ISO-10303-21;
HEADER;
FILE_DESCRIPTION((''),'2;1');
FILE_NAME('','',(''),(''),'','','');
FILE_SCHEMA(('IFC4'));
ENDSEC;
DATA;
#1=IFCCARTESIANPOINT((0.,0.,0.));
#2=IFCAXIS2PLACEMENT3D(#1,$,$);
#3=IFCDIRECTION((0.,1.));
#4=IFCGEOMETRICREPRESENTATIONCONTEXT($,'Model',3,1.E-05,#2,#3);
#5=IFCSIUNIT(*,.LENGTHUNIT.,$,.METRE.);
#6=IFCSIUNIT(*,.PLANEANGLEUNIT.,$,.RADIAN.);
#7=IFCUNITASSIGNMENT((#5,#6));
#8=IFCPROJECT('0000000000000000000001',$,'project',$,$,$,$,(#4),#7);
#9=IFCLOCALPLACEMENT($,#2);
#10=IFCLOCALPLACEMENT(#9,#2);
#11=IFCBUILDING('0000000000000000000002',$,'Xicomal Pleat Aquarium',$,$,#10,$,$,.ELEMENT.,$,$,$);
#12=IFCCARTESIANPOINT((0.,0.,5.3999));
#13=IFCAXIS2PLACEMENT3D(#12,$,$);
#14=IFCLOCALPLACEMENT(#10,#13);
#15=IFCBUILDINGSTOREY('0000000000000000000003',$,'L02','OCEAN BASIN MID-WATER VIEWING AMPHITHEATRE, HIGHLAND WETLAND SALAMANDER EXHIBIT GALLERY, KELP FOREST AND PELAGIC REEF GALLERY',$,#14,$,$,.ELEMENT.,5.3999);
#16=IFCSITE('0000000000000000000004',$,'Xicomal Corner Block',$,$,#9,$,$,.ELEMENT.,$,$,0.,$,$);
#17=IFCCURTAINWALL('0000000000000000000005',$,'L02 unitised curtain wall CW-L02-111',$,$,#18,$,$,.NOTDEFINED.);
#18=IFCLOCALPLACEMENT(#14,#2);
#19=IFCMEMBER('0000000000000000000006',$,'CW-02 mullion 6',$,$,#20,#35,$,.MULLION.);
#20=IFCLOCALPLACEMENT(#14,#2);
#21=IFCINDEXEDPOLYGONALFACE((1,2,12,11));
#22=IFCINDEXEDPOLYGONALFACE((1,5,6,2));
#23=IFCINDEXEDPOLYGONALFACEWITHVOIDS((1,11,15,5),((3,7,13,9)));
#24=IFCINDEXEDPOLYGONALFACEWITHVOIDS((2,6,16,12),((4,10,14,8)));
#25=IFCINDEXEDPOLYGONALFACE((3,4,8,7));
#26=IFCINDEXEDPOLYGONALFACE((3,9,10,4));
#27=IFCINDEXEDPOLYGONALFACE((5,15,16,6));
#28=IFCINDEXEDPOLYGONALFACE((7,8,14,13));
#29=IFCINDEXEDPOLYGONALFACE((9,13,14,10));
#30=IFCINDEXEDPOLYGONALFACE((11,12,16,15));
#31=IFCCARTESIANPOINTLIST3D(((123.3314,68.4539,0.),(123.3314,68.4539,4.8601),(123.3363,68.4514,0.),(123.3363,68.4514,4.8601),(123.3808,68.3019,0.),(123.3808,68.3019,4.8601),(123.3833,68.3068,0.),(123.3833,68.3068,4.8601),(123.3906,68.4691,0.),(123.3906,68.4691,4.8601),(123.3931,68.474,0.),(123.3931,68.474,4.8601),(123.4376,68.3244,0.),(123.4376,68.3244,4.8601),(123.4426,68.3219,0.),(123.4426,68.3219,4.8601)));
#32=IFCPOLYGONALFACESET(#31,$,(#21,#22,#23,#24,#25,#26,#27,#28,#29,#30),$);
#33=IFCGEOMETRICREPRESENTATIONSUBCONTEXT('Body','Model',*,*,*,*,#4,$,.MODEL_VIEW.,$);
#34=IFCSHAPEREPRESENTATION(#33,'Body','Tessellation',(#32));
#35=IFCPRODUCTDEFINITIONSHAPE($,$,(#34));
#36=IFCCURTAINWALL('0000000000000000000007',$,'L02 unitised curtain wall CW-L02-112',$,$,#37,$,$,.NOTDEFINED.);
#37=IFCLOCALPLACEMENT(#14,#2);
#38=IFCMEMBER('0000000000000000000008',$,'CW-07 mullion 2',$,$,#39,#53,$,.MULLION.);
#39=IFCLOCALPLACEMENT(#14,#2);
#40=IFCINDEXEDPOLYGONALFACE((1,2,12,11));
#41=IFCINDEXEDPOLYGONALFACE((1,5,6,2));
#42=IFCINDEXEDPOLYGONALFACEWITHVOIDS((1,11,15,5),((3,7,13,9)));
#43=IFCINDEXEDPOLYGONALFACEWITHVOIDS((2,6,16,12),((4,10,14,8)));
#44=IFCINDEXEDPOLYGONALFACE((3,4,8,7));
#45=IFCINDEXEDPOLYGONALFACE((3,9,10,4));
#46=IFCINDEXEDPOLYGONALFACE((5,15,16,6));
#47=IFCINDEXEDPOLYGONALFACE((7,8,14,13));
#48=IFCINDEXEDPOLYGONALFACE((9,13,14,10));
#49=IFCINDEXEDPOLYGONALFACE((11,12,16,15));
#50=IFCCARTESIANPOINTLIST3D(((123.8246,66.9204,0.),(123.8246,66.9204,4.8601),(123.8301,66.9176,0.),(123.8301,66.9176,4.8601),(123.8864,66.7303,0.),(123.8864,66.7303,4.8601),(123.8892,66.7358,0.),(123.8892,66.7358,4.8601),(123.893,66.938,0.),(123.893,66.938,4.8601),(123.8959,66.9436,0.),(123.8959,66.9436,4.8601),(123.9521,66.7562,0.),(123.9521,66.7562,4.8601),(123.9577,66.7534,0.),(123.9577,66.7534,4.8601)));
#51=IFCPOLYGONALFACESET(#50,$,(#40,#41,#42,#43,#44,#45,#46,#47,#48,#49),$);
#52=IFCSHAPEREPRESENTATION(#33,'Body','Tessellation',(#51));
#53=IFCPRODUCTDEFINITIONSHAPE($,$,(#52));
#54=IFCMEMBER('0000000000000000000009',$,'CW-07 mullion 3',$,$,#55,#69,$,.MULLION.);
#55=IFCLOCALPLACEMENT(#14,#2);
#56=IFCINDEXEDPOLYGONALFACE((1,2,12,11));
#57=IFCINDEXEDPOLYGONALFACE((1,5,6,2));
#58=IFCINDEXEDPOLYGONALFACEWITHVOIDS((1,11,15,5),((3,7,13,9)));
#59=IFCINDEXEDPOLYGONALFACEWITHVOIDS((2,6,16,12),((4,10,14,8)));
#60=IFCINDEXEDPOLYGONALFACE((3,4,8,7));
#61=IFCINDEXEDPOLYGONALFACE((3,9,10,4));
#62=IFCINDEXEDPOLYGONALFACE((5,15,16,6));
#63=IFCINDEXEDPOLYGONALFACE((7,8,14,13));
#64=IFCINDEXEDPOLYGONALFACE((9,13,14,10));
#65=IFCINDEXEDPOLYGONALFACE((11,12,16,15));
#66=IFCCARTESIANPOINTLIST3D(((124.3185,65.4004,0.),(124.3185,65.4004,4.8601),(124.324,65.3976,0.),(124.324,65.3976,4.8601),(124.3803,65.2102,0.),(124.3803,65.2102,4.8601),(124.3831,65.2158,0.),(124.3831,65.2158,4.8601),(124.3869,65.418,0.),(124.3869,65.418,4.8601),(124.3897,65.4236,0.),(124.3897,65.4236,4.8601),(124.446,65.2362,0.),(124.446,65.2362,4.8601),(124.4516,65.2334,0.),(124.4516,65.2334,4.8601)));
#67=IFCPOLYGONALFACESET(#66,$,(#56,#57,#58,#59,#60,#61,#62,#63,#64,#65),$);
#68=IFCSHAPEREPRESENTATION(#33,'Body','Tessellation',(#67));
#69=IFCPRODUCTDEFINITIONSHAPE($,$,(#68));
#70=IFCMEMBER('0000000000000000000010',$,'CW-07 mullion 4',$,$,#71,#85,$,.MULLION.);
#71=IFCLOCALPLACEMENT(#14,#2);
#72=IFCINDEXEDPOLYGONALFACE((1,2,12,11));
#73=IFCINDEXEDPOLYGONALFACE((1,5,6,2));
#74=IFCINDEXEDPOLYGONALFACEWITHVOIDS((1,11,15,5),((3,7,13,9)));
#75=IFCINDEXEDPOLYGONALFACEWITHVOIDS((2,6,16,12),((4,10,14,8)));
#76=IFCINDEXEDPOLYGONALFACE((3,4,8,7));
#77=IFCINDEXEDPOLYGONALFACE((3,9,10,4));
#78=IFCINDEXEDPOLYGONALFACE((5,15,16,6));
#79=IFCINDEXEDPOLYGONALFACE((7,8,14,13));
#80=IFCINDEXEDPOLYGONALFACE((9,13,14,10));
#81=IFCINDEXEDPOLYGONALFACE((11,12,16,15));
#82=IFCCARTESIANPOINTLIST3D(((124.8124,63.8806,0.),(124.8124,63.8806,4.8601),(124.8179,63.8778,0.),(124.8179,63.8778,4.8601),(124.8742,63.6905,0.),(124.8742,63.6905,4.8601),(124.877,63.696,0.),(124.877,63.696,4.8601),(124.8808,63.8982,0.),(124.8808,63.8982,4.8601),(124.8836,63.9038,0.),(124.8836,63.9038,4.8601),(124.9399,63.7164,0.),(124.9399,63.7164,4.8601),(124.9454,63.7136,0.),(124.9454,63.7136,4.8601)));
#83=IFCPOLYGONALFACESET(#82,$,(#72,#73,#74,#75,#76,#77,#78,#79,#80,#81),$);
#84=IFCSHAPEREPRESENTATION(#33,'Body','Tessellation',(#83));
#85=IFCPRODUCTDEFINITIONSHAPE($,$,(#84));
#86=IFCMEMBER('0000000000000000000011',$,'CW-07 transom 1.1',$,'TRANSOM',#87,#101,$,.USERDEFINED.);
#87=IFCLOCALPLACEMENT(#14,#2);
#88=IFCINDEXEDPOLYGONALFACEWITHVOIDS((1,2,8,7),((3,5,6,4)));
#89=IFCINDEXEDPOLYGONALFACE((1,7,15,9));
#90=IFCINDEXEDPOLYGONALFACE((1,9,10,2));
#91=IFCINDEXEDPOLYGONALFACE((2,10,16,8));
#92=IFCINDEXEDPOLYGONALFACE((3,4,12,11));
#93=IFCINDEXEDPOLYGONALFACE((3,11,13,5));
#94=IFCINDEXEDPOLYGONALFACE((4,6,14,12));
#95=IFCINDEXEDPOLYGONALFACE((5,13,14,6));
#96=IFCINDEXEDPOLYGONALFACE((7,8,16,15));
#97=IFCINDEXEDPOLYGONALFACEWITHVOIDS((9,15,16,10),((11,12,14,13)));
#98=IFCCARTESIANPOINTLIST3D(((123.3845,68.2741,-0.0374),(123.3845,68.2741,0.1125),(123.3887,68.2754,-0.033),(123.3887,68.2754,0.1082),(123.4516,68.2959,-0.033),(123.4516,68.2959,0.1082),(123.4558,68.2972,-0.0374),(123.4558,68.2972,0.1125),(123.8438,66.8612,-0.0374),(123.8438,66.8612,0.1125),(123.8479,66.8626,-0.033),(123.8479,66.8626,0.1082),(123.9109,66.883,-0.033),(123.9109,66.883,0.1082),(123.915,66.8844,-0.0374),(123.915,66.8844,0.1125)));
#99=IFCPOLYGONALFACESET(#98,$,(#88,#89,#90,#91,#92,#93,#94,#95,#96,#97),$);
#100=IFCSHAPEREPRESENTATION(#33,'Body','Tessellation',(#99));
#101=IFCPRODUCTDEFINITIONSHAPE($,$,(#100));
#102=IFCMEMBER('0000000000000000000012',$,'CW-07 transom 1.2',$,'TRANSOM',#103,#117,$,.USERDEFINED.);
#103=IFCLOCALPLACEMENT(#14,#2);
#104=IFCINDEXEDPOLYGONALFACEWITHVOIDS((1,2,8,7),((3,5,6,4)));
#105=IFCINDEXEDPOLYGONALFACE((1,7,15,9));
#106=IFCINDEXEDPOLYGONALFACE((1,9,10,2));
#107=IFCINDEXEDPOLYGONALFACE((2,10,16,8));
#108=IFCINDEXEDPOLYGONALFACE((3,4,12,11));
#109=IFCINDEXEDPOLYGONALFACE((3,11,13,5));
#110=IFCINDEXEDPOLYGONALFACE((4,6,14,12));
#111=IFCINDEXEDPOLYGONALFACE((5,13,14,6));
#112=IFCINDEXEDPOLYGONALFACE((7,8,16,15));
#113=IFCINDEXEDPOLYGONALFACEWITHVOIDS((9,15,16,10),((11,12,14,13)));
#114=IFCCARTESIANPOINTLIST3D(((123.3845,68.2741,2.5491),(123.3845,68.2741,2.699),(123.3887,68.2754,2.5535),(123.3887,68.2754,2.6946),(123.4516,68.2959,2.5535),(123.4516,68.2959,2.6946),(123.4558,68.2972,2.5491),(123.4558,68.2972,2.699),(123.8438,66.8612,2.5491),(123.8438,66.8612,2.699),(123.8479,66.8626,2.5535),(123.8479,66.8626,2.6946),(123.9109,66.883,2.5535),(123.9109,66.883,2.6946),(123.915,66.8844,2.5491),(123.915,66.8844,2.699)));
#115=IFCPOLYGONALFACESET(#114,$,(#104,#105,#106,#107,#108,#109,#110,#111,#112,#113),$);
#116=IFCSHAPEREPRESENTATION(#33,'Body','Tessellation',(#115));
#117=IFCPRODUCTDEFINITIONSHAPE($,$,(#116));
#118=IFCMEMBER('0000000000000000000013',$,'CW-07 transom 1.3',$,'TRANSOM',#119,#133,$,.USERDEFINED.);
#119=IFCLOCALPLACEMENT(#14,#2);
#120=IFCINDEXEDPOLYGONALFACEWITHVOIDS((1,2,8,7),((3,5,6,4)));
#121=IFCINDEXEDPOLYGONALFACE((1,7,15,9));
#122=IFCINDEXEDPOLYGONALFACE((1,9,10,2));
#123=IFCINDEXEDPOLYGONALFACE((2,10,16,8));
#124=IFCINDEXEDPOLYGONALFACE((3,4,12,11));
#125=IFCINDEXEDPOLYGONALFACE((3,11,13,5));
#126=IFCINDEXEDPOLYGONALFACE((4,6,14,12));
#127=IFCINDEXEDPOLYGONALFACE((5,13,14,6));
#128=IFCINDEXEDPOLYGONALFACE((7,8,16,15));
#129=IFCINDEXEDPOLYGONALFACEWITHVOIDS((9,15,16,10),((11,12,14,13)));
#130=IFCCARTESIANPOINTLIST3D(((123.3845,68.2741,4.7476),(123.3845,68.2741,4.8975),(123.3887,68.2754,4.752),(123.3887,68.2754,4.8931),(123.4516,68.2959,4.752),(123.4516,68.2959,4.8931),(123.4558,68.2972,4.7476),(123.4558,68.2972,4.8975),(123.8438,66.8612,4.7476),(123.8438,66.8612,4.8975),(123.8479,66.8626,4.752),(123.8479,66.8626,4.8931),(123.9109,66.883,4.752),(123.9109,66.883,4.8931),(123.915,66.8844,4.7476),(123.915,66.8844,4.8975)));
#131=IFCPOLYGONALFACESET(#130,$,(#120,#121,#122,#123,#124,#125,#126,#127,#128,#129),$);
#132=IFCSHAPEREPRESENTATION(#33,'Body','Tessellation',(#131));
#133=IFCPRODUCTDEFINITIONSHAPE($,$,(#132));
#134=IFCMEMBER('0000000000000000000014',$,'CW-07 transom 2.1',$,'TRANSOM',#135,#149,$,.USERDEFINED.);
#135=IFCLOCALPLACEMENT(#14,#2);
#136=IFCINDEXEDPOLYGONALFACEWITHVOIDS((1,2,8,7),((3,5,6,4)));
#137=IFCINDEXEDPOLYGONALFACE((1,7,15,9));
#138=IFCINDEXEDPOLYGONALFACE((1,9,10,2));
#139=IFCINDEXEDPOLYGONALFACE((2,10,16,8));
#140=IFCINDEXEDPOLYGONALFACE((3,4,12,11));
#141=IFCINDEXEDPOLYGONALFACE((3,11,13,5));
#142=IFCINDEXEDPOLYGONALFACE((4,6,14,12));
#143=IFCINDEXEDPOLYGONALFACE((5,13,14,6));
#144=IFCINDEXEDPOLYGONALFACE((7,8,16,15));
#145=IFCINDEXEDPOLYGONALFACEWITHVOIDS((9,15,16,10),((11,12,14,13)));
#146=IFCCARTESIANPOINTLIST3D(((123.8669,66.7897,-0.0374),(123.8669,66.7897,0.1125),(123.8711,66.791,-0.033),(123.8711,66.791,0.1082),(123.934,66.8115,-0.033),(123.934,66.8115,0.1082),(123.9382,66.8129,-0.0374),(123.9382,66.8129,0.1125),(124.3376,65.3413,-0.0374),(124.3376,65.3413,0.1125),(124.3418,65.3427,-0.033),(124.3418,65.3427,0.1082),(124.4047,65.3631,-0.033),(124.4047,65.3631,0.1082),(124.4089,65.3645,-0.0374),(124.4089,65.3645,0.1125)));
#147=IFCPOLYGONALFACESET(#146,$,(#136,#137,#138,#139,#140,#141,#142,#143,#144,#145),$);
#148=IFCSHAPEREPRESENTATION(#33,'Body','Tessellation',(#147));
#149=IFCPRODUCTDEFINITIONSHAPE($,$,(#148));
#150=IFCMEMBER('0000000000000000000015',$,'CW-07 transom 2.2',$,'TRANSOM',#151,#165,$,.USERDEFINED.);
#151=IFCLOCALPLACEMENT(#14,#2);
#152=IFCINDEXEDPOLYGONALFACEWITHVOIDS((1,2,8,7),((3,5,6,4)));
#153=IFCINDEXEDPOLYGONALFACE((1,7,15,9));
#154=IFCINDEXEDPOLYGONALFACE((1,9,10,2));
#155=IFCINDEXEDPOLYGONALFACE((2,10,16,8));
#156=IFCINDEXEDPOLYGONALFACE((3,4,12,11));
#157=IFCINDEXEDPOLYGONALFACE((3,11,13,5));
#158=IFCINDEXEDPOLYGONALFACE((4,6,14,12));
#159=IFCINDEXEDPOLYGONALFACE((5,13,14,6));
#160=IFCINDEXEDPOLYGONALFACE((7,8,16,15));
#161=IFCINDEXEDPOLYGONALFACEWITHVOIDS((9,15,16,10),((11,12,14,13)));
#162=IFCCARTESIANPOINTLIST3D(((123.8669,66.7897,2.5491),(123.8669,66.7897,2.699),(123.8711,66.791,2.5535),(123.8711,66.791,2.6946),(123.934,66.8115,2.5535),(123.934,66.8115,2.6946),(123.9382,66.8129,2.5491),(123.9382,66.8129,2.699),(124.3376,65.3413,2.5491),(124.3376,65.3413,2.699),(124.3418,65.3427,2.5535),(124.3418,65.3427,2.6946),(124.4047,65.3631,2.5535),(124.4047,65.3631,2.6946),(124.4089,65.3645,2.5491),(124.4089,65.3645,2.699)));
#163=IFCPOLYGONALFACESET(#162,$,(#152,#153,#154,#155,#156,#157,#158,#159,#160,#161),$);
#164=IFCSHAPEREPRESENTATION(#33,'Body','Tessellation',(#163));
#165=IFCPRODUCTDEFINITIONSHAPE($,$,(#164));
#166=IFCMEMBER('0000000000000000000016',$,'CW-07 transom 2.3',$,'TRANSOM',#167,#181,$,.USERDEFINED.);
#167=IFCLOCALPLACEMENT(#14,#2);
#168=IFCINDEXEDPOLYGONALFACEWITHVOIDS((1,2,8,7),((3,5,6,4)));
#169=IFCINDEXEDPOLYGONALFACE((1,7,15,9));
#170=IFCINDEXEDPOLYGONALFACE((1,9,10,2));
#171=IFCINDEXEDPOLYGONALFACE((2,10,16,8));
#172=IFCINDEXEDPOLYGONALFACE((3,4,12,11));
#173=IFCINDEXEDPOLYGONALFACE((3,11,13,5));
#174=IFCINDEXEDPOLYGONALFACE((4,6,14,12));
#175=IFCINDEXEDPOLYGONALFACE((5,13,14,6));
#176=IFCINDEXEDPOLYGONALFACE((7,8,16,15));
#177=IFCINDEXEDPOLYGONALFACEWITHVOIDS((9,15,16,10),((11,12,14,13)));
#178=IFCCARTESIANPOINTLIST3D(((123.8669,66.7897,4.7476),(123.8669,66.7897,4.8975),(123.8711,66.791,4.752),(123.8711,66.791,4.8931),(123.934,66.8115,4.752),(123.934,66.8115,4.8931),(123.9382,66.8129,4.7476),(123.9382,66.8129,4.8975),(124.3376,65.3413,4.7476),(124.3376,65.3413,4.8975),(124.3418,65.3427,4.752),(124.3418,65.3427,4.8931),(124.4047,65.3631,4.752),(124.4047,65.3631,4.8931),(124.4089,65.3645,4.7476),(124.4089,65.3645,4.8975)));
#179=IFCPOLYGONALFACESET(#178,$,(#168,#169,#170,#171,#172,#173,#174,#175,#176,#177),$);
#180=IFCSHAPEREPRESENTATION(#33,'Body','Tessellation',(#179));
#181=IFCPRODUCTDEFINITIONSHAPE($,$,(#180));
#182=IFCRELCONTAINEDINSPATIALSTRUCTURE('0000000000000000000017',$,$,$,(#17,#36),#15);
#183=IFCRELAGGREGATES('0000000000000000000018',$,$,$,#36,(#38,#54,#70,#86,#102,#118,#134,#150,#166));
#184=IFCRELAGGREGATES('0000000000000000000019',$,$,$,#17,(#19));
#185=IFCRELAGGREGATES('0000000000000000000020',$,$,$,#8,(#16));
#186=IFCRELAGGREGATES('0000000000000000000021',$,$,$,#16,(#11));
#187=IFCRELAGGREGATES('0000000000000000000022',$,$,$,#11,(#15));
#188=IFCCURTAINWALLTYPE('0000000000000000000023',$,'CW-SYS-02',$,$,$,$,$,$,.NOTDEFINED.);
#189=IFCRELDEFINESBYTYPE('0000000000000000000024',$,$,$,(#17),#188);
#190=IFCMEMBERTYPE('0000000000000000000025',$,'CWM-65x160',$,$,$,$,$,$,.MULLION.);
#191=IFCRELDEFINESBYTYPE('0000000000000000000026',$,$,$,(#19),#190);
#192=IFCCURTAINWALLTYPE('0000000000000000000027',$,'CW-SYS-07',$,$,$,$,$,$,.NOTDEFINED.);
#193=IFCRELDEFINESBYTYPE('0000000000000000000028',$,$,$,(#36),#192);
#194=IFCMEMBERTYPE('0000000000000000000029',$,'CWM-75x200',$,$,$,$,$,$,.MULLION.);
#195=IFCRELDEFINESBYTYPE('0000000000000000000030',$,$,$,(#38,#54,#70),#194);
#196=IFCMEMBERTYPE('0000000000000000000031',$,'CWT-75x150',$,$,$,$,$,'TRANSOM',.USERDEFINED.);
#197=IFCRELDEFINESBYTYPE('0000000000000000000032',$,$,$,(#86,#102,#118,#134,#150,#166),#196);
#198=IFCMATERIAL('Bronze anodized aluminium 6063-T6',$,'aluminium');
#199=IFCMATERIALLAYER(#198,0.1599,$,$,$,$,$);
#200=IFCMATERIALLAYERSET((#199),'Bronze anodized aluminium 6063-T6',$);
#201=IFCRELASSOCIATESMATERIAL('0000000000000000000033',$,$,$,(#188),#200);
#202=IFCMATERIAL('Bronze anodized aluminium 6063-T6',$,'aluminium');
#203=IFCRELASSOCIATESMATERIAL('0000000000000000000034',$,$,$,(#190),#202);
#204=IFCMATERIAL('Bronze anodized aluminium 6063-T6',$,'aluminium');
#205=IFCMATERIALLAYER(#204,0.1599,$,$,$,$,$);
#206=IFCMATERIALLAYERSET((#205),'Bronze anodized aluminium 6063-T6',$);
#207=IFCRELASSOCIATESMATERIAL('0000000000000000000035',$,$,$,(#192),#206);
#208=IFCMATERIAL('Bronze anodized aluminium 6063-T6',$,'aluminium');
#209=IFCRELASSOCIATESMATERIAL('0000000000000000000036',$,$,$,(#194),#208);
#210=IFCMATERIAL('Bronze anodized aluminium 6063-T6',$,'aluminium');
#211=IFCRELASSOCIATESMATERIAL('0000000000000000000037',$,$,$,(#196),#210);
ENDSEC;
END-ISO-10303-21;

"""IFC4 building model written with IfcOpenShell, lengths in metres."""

from ifc_helpers import new_model, si_unit, direction, frame, origin, origin_2d, place, context, subcontext, project, spatial, hollow_rectangle, extrude, material, layer, layer_set, material_profile, profile_set, type_object, element, aggregate, save


model = new_model("IFC4")

# Units and contexts
model_context = context("Model", 3, precision=1e-05, world=origin(), true_north=direction((0.0, 1.0)))
body_context = subcontext(model_context, "Body", "Model", "MODEL_VIEW")
ifc_project = project(units=[si_unit("LENGTHUNIT", "METRE"), si_unit("PLANEANGLEUNIT", "RADIAN")], contexts=[model_context])

# Site, building, storey
site_placement = place(None, origin())
site = spatial("IfcSite", under=ifc_project, at=site_placement, Name="Xicomal Corner Block", CompositionType="ELEMENT", RefElevation=0.0)
building_placement = place(site_placement, origin())
building = spatial("IfcBuilding", under=site, at=building_placement, Name="Xicomal Pleat Aquarium", CompositionType="ELEMENT")
storey_placement = place(building_placement, frame((0.0, 0.0, 5.3999)))
storey = spatial("IfcBuildingStorey", under=building, at=storey_placement, Name="L02", Description="OCEAN BASIN MID-WATER VIEWING AMPHITHEATRE, HIGHLAND WETLAND SALAMANDER EXHIBIT GALLERY, KELP FOREST AND PELAGIC REEF GALLERY", CompositionType="ELEMENT", Elevation=5.3999)

# Curtain wall, member
ifc_material_1 = material(Name="Bronze anodized aluminium 6063-T6", Category="aluminium")
ifc_layer_1 = layer(ifc_material_1, 0.1599)
ifc_layer_set_1 = layer_set([ifc_layer_1], Name="Bronze anodized aluminium 6063-T6")
curtain_wall_type_1 = type_object("IfcCurtainWallType", Name="CW-SYS-02", PredefinedType="NOTDEFINED", material=ifc_layer_set_1)
curtain_wall_1_placement = place(storey_placement, origin())
curtain_wall_1 = element("IfcCurtainWall", 1, at=curtain_wall_1_placement, inside=storey, type_object=curtain_wall_type_1, Name="L02 unitised curtain wall CW-L02-111", PredefinedType="NOTDEFINED")
ifc_material_2 = material(Name="Bronze anodized aluminium 6063-T6", Category="aluminium")
ifc_material_profile_1 = material_profile(ifc_material_2, hollow_rectangle(XDim=0.0649, YDim=0.1599, WallThickness=0.0039, at=origin_2d()), Name="ALU MULL 65x160")
ifc_profile_set_1 = profile_set([ifc_material_profile_1], Name="Bronze anodized aluminium 6063-T6")
member_type_1 = type_object("IfcMemberType", Name="CWM-65x160", PredefinedType="MULLION", material=ifc_profile_set_1)
member_1_placement = place(storey_placement, frame((123.387, 68.3879, 0.0), z_axis=(0.0, 0.0, 1.0), x_axis=(0.951034, 0.309086, 0.0)))
member_1 = element("IfcMember", 2, at=member_1_placement, type_object=member_type_1, Name="CW-02 mullion 6", PredefinedType="MULLION", context=body_context, shape_type="SweptSolid", body=[
    extrude(hollow_rectangle(XDim=0.0649, YDim=0.1599, WallThickness=0.0039, at=origin_2d()), origin(), (0.0, 0.0, 1.0), 4.8601),
])

# Curtain wall, members
ifc_material_3 = material(Name="Bronze anodized aluminium 6063-T6", Category="aluminium")
ifc_layer_2 = layer(ifc_material_3, 0.1599)
ifc_layer_set_2 = layer_set([ifc_layer_2], Name="Bronze anodized aluminium 6063-T6")
curtain_wall_type_2 = type_object("IfcCurtainWallType", Name="CW-SYS-07", PredefinedType="NOTDEFINED", material=ifc_layer_set_2)
curtain_wall_2_placement = place(storey_placement, origin())
curtain_wall_2 = element("IfcCurtainWall", 3, at=curtain_wall_2_placement, inside=storey, type_object=curtain_wall_type_2, Name="L02 unitised curtain wall CW-L02-112", PredefinedType="NOTDEFINED")
ifc_material_4 = material(Name="Bronze anodized aluminium 6063-T6", Category="aluminium")
ifc_material_profile_2 = material_profile(ifc_material_4, hollow_rectangle(XDim=0.075, YDim=0.2, WallThickness=0.0044, at=origin_2d()), Name="ALU MULL 75x200")
ifc_profile_set_2 = profile_set([ifc_material_profile_2], Name="Bronze anodized aluminium 6063-T6")
member_type_2 = type_object("IfcMemberType", Name="CWM-75x200", PredefinedType="MULLION", material=ifc_profile_set_2)
member_2_placement = place(storey_placement, frame((123.8911, 66.8369, 0.0), z_axis=(0.0, 0.0, 1.0), x_axis=(0.951034, 0.309086, 0.0)))
member_2 = element("IfcMember", 4, at=member_2_placement, type_object=member_type_2, Name="CW-07 mullion 2", PredefinedType="MULLION", context=body_context, shape_type="SweptSolid", body=[
    extrude(hollow_rectangle(XDim=0.075, YDim=0.2, WallThickness=0.0044, at=origin_2d()), origin(), (0.0, 0.0, 1.0), 4.8601),
])
member_3_placement = place(storey_placement, frame((124.385, 65.3169, 0.0), z_axis=(0.0, 0.0, 1.0), x_axis=(0.951034, 0.309086, 0.0)))
member_3 = element("IfcMember", 5, at=member_3_placement, type_object=member_type_2, Name="CW-07 mullion 3", PredefinedType="MULLION", context=body_context, shape_type="SweptSolid", body=[
    extrude(hollow_rectangle(XDim=0.075, YDim=0.2, WallThickness=0.0044, at=origin_2d()), origin(), (0.0, 0.0, 1.0), 4.8601),
])
member_4_placement = place(storey_placement, frame((124.8789, 63.7971, 0.0), z_axis=(0.0, 0.0, 1.0), x_axis=(0.951034, 0.309086, 0.0)))
member_4 = element("IfcMember", 6, at=member_4_placement, type_object=member_type_2, Name="CW-07 mullion 4", PredefinedType="MULLION", context=body_context, shape_type="SweptSolid", body=[
    extrude(hollow_rectangle(XDim=0.075, YDim=0.2, WallThickness=0.0044, at=origin_2d()), origin(), (0.0, 0.0, 1.0), 4.8601),
])
ifc_material_5 = material(Name="Bronze anodized aluminium 6063-T6", Category="aluminium")
ifc_material_profile_3 = material_profile(ifc_material_5, hollow_rectangle(XDim=0.075, YDim=0.1499, WallThickness=0.0044, at=origin_2d()), Name="ALU TRAN 75x150")
ifc_profile_set_3 = profile_set([ifc_material_profile_3], Name="Bronze anodized aluminium 6063-T6")
member_type_3 = type_object("IfcMemberType", Name="CWT-75x150", ElementType="TRANSOM", PredefinedType="USERDEFINED", material=ifc_profile_set_3)
member_5_placement = place(storey_placement, frame((123.4202, 68.2856, 0.0376), z_axis=(0.30912, -0.951023, 0.0), x_axis=(0.951023, 0.30912, 0.0)))
member_5 = element("IfcMember", 7, at=member_5_placement, type_object=member_type_3, Name="CW-07 transom 1.1", ObjectType="TRANSOM", PredefinedType="USERDEFINED", context=body_context, shape_type="SweptSolid", body=[
    extrude(hollow_rectangle(XDim=0.075, YDim=0.1499, WallThickness=0.0044, at=origin_2d()), origin(), (0.0, 0.0, 1.0), 1.4856),
])
member_6_placement = place(storey_placement, frame((123.4202, 68.2856, 2.624), z_axis=(0.30912, -0.951023, 0.0), x_axis=(0.951023, 0.30912, 0.0)))
member_6 = element("IfcMember", 8, at=member_6_placement, type_object=member_type_3, Name="CW-07 transom 1.2", ObjectType="TRANSOM", PredefinedType="USERDEFINED", context=body_context, shape_type="SweptSolid", body=[
    extrude(hollow_rectangle(XDim=0.075, YDim=0.1499, WallThickness=0.0044, at=origin_2d()), origin(), (0.0, 0.0, 1.0), 1.4856),
])
member_7_placement = place(storey_placement, frame((123.4202, 68.2856, 4.8225), z_axis=(0.30912, -0.951023, 0.0), x_axis=(0.951023, 0.30912, 0.0)))
member_7 = element("IfcMember", 9, at=member_7_placement, type_object=member_type_3, Name="CW-07 transom 1.3", ObjectType="TRANSOM", PredefinedType="USERDEFINED", context=body_context, shape_type="SweptSolid", body=[
    extrude(hollow_rectangle(XDim=0.075, YDim=0.1499, WallThickness=0.0044, at=origin_2d()), origin(), (0.0, 0.0, 1.0), 1.4856),
])
member_8_placement = place(storey_placement, frame((123.9026, 66.8013, 0.0376), z_axis=(0.309053, -0.951045, 0.0), x_axis=(0.951045, 0.309053, 0.0)))
member_8 = element("IfcMember", 10, at=member_8_placement, type_object=member_type_3, Name="CW-07 transom 2.1", ObjectType="TRANSOM", PredefinedType="USERDEFINED", context=body_context, shape_type="SweptSolid", body=[
    extrude(hollow_rectangle(XDim=0.075, YDim=0.1499, WallThickness=0.0044, at=origin_2d()), origin(), (0.0, 0.0, 1.0), 1.5229),
])
member_9_placement = place(storey_placement, frame((123.9026, 66.8013, 2.624), z_axis=(0.309053, -0.951045, 0.0), x_axis=(0.951045, 0.309053, 0.0)))
member_9 = element("IfcMember", 11, at=member_9_placement, type_object=member_type_3, Name="CW-07 transom 2.2", ObjectType="TRANSOM", PredefinedType="USERDEFINED", context=body_context, shape_type="SweptSolid", body=[
    extrude(hollow_rectangle(XDim=0.075, YDim=0.1499, WallThickness=0.0044, at=origin_2d()), origin(), (0.0, 0.0, 1.0), 1.5229),
])
member_10_placement = place(storey_placement, frame((123.9026, 66.8013, 4.8225), z_axis=(0.309053, -0.951045, 0.0), x_axis=(0.951045, 0.309053, 0.0)))
member_10 = element("IfcMember", 12, at=member_10_placement, type_object=member_type_3, Name="CW-07 transom 2.3", ObjectType="TRANSOM", PredefinedType="USERDEFINED", context=body_context, shape_type="SweptSolid", body=[
    extrude(hollow_rectangle(XDim=0.075, YDim=0.1499, WallThickness=0.0044, at=origin_2d()), origin(), (0.0, 0.0, 1.0), 1.5229),
])
aggregate(curtain_wall_2, [member_2, member_3, member_4, member_5, member_6, member_7, member_8, member_9, member_10])

aggregate(curtain_wall_1, [member_1])

save(model, "model.ifc")
